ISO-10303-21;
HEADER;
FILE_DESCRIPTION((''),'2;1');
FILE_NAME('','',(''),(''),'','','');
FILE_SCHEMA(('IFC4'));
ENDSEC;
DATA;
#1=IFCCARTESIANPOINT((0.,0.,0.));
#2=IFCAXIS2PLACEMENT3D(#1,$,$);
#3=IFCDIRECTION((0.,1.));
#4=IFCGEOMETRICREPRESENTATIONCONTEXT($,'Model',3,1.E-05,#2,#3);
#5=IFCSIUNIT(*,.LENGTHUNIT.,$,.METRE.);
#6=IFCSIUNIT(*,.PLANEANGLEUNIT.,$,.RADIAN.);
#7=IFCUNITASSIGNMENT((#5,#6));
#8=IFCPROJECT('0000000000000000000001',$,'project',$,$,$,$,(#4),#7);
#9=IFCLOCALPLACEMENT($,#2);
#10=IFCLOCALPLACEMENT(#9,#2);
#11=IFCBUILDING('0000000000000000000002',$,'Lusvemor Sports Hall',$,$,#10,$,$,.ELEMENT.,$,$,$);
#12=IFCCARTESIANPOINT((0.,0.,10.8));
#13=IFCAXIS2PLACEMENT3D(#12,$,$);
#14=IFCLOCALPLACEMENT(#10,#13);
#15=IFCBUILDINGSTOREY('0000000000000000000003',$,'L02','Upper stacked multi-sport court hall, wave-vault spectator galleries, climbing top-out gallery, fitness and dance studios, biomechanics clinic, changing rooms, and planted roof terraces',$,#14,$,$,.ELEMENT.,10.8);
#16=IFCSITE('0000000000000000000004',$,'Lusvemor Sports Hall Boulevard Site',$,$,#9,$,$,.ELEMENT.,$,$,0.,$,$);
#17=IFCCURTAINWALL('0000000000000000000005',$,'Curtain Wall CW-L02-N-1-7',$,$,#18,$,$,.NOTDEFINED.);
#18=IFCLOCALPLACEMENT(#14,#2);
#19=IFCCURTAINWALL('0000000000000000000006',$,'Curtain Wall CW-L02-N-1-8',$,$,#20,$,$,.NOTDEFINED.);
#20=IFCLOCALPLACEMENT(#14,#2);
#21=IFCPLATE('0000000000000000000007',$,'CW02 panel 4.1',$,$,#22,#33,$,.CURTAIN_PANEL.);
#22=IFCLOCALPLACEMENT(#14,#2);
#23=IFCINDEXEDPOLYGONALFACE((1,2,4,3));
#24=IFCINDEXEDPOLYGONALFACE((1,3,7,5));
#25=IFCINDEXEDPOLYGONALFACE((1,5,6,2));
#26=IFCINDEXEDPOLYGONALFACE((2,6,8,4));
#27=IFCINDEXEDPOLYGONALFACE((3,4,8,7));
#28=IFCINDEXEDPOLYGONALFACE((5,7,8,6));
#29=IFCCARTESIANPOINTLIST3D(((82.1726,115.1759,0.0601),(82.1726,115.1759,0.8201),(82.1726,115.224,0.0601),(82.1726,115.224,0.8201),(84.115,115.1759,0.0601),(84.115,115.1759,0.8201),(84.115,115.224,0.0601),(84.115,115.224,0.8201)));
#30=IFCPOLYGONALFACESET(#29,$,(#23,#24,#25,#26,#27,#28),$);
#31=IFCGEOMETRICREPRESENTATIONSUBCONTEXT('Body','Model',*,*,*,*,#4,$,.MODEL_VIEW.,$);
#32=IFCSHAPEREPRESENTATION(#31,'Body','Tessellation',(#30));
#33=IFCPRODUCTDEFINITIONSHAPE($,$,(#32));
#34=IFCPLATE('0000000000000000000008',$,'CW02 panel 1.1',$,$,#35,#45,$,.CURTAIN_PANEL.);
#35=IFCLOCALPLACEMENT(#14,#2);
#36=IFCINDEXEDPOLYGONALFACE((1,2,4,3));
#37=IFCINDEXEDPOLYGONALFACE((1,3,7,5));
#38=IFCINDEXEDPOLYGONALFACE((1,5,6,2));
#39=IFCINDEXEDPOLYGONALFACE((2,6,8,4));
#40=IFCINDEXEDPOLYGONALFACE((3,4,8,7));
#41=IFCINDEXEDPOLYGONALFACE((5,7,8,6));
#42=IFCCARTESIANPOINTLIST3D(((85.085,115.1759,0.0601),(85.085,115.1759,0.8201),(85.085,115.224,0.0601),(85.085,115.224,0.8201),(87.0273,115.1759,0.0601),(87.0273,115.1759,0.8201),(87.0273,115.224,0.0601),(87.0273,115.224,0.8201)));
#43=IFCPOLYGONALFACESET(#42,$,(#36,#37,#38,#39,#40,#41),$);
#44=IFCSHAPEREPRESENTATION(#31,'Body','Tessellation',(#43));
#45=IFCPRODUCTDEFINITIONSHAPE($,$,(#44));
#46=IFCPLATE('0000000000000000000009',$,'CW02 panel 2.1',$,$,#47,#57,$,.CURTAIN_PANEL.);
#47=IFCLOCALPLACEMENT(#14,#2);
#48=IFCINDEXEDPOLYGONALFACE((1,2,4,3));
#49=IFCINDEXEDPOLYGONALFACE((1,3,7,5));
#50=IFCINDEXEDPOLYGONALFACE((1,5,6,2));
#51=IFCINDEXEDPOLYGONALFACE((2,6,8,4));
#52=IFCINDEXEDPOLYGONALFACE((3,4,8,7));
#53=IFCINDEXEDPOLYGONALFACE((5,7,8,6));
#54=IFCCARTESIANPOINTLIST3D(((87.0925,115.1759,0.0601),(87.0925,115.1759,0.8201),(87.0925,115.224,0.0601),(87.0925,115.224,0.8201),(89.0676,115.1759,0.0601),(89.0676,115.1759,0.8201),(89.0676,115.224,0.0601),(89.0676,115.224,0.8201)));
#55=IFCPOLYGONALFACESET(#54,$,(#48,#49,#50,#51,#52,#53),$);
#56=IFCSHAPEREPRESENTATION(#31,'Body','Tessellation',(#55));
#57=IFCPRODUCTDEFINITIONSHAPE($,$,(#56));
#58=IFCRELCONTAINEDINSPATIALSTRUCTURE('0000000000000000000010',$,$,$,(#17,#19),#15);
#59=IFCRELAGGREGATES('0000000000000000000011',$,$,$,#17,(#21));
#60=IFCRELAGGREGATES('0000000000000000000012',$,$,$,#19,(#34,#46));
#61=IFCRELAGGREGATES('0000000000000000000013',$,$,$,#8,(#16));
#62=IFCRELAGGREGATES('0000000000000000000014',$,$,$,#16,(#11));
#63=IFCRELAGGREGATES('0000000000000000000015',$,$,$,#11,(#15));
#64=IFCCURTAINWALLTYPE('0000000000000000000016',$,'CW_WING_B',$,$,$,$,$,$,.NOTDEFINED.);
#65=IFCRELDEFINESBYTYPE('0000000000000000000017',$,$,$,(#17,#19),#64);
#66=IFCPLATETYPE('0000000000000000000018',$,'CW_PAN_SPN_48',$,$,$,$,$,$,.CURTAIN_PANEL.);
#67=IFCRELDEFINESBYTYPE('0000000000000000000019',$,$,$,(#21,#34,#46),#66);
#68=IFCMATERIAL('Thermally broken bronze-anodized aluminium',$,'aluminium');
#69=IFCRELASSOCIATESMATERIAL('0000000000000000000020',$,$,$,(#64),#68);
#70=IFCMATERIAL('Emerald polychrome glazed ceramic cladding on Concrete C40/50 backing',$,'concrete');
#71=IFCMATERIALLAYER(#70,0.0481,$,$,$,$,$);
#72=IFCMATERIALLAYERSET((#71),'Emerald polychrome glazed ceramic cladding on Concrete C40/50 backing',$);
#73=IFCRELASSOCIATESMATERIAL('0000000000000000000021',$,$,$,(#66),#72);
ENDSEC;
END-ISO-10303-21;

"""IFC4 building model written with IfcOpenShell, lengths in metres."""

from ifc_helpers import new_model, si_unit, direction, frame, origin, origin_2d, place, context, subcontext, project, spatial, rectangle, extrude, material, layer, layer_set, type_object, element, aggregate, save


model = new_model("IFC4")

# Units and contexts
model_context = context("Model", 3, precision=1e-05, world=origin(), true_north=direction((0.0, 1.0)))
body_context = subcontext(model_context, "Body", "Model", "MODEL_VIEW")
ifc_project = project(units=[si_unit("LENGTHUNIT", "METRE"), si_unit("PLANEANGLEUNIT", "RADIAN")], contexts=[model_context])

# Site, building, storey
site_placement = place(None, origin())
site = spatial("IfcSite", under=ifc_project, at=site_placement, Name="Lusvemor Sports Hall Boulevard Site", CompositionType="ELEMENT", RefElevation=0.0)
building_placement = place(site_placement, origin())
building = spatial("IfcBuilding", under=site, at=building_placement, Name="Lusvemor Sports Hall", CompositionType="ELEMENT")
storey_placement = place(building_placement, frame((0.0, 0.0, 10.8)))
storey = spatial("IfcBuildingStorey", under=building, at=storey_placement, Name="L02", Description="Upper stacked multi-sport court hall, wave-vault spectator galleries, climbing top-out gallery, fitness and dance studios, biomechanics clinic, changing rooms, and planted roof terraces", CompositionType="ELEMENT", Elevation=10.8)

# Curtain walls
ifc_material_1 = material(Name="Thermally broken bronze-anodized aluminium", Category="aluminium")
curtain_wall_type = type_object("IfcCurtainWallType", Name="CW_WING_B", PredefinedType="NOTDEFINED", material=ifc_material_1)
curtain_wall_1_placement = place(storey_placement, origin())
curtain_wall_1 = element("IfcCurtainWall", 1, at=curtain_wall_1_placement, inside=storey, type_object=curtain_wall_type, Name="Curtain Wall CW-L02-N-1-7", PredefinedType="NOTDEFINED")
curtain_wall_2_placement = place(storey_placement, origin())
curtain_wall_2 = element("IfcCurtainWall", 2, at=curtain_wall_2_placement, inside=storey, type_object=curtain_wall_type, Name="Curtain Wall CW-L02-N-1-8", PredefinedType="NOTDEFINED")

# Plates
ifc_material_2 = material(Name="Emerald polychrome glazed ceramic cladding on Concrete C40/50 backing", Category="concrete")
ifc_layer_1 = layer(ifc_material_2, 0.0481)
ifc_layer_set_1 = layer_set([ifc_layer_1], Name="Emerald polychrome glazed ceramic cladding on Concrete C40/50 backing")
plate_type_1 = type_object("IfcPlateType", Name="CW_PAN_SPN_48", PredefinedType="CURTAIN_PANEL", material=ifc_layer_set_1)
plate_1_placement = place(storey_placement, frame((83.1438, 115.2, 0.0601), z_axis=(0.0, 0.0, 1.0), x_axis=(1.0, 0.0, 0.0)))
plate_1 = element("IfcPlate", 3, at=plate_1_placement, type_object=plate_type_1, Name="CW02 panel 4.1", PredefinedType="CURTAIN_PANEL", context=body_context, shape_type="SweptSolid", body=[
    extrude(rectangle(XDim=1.9424, YDim=0.0481, at=origin_2d()), origin(), (0.0, 0.0, 1.0), 0.76),
])
aggregate(curtain_wall_1, [plate_1])
plate_2_placement = place(storey_placement, frame((86.0562, 115.2, 0.0601), z_axis=(0.0, 0.0, 1.0), x_axis=(1.0, 0.0, 0.0)))
plate_2 = element("IfcPlate", 4, at=plate_2_placement, type_object=plate_type_1, Name="CW02 panel 1.1", PredefinedType="CURTAIN_PANEL", context=body_context, shape_type="SweptSolid", body=[
    extrude(rectangle(XDim=1.9424, YDim=0.0481, at=origin_2d()), origin(), (0.0, 0.0, 1.0), 0.76),
])
plate_3_placement = place(storey_placement, frame((88.0801, 115.2, 0.0601), z_axis=(0.0, 0.0, 1.0), x_axis=(1.0, 0.0, 0.0)))
plate_3 = element("IfcPlate", 5, at=plate_3_placement, type_object=plate_type_1, Name="CW02 panel 2.1", PredefinedType="CURTAIN_PANEL", context=body_context, shape_type="SweptSolid", body=[
    extrude(rectangle(XDim=1.9751, YDim=0.0481, at=origin_2d()), origin(), (0.0, 0.0, 1.0), 0.76),
])
aggregate(curtain_wall_2, [plate_2, plate_3])

save(model, "model.ifc")
